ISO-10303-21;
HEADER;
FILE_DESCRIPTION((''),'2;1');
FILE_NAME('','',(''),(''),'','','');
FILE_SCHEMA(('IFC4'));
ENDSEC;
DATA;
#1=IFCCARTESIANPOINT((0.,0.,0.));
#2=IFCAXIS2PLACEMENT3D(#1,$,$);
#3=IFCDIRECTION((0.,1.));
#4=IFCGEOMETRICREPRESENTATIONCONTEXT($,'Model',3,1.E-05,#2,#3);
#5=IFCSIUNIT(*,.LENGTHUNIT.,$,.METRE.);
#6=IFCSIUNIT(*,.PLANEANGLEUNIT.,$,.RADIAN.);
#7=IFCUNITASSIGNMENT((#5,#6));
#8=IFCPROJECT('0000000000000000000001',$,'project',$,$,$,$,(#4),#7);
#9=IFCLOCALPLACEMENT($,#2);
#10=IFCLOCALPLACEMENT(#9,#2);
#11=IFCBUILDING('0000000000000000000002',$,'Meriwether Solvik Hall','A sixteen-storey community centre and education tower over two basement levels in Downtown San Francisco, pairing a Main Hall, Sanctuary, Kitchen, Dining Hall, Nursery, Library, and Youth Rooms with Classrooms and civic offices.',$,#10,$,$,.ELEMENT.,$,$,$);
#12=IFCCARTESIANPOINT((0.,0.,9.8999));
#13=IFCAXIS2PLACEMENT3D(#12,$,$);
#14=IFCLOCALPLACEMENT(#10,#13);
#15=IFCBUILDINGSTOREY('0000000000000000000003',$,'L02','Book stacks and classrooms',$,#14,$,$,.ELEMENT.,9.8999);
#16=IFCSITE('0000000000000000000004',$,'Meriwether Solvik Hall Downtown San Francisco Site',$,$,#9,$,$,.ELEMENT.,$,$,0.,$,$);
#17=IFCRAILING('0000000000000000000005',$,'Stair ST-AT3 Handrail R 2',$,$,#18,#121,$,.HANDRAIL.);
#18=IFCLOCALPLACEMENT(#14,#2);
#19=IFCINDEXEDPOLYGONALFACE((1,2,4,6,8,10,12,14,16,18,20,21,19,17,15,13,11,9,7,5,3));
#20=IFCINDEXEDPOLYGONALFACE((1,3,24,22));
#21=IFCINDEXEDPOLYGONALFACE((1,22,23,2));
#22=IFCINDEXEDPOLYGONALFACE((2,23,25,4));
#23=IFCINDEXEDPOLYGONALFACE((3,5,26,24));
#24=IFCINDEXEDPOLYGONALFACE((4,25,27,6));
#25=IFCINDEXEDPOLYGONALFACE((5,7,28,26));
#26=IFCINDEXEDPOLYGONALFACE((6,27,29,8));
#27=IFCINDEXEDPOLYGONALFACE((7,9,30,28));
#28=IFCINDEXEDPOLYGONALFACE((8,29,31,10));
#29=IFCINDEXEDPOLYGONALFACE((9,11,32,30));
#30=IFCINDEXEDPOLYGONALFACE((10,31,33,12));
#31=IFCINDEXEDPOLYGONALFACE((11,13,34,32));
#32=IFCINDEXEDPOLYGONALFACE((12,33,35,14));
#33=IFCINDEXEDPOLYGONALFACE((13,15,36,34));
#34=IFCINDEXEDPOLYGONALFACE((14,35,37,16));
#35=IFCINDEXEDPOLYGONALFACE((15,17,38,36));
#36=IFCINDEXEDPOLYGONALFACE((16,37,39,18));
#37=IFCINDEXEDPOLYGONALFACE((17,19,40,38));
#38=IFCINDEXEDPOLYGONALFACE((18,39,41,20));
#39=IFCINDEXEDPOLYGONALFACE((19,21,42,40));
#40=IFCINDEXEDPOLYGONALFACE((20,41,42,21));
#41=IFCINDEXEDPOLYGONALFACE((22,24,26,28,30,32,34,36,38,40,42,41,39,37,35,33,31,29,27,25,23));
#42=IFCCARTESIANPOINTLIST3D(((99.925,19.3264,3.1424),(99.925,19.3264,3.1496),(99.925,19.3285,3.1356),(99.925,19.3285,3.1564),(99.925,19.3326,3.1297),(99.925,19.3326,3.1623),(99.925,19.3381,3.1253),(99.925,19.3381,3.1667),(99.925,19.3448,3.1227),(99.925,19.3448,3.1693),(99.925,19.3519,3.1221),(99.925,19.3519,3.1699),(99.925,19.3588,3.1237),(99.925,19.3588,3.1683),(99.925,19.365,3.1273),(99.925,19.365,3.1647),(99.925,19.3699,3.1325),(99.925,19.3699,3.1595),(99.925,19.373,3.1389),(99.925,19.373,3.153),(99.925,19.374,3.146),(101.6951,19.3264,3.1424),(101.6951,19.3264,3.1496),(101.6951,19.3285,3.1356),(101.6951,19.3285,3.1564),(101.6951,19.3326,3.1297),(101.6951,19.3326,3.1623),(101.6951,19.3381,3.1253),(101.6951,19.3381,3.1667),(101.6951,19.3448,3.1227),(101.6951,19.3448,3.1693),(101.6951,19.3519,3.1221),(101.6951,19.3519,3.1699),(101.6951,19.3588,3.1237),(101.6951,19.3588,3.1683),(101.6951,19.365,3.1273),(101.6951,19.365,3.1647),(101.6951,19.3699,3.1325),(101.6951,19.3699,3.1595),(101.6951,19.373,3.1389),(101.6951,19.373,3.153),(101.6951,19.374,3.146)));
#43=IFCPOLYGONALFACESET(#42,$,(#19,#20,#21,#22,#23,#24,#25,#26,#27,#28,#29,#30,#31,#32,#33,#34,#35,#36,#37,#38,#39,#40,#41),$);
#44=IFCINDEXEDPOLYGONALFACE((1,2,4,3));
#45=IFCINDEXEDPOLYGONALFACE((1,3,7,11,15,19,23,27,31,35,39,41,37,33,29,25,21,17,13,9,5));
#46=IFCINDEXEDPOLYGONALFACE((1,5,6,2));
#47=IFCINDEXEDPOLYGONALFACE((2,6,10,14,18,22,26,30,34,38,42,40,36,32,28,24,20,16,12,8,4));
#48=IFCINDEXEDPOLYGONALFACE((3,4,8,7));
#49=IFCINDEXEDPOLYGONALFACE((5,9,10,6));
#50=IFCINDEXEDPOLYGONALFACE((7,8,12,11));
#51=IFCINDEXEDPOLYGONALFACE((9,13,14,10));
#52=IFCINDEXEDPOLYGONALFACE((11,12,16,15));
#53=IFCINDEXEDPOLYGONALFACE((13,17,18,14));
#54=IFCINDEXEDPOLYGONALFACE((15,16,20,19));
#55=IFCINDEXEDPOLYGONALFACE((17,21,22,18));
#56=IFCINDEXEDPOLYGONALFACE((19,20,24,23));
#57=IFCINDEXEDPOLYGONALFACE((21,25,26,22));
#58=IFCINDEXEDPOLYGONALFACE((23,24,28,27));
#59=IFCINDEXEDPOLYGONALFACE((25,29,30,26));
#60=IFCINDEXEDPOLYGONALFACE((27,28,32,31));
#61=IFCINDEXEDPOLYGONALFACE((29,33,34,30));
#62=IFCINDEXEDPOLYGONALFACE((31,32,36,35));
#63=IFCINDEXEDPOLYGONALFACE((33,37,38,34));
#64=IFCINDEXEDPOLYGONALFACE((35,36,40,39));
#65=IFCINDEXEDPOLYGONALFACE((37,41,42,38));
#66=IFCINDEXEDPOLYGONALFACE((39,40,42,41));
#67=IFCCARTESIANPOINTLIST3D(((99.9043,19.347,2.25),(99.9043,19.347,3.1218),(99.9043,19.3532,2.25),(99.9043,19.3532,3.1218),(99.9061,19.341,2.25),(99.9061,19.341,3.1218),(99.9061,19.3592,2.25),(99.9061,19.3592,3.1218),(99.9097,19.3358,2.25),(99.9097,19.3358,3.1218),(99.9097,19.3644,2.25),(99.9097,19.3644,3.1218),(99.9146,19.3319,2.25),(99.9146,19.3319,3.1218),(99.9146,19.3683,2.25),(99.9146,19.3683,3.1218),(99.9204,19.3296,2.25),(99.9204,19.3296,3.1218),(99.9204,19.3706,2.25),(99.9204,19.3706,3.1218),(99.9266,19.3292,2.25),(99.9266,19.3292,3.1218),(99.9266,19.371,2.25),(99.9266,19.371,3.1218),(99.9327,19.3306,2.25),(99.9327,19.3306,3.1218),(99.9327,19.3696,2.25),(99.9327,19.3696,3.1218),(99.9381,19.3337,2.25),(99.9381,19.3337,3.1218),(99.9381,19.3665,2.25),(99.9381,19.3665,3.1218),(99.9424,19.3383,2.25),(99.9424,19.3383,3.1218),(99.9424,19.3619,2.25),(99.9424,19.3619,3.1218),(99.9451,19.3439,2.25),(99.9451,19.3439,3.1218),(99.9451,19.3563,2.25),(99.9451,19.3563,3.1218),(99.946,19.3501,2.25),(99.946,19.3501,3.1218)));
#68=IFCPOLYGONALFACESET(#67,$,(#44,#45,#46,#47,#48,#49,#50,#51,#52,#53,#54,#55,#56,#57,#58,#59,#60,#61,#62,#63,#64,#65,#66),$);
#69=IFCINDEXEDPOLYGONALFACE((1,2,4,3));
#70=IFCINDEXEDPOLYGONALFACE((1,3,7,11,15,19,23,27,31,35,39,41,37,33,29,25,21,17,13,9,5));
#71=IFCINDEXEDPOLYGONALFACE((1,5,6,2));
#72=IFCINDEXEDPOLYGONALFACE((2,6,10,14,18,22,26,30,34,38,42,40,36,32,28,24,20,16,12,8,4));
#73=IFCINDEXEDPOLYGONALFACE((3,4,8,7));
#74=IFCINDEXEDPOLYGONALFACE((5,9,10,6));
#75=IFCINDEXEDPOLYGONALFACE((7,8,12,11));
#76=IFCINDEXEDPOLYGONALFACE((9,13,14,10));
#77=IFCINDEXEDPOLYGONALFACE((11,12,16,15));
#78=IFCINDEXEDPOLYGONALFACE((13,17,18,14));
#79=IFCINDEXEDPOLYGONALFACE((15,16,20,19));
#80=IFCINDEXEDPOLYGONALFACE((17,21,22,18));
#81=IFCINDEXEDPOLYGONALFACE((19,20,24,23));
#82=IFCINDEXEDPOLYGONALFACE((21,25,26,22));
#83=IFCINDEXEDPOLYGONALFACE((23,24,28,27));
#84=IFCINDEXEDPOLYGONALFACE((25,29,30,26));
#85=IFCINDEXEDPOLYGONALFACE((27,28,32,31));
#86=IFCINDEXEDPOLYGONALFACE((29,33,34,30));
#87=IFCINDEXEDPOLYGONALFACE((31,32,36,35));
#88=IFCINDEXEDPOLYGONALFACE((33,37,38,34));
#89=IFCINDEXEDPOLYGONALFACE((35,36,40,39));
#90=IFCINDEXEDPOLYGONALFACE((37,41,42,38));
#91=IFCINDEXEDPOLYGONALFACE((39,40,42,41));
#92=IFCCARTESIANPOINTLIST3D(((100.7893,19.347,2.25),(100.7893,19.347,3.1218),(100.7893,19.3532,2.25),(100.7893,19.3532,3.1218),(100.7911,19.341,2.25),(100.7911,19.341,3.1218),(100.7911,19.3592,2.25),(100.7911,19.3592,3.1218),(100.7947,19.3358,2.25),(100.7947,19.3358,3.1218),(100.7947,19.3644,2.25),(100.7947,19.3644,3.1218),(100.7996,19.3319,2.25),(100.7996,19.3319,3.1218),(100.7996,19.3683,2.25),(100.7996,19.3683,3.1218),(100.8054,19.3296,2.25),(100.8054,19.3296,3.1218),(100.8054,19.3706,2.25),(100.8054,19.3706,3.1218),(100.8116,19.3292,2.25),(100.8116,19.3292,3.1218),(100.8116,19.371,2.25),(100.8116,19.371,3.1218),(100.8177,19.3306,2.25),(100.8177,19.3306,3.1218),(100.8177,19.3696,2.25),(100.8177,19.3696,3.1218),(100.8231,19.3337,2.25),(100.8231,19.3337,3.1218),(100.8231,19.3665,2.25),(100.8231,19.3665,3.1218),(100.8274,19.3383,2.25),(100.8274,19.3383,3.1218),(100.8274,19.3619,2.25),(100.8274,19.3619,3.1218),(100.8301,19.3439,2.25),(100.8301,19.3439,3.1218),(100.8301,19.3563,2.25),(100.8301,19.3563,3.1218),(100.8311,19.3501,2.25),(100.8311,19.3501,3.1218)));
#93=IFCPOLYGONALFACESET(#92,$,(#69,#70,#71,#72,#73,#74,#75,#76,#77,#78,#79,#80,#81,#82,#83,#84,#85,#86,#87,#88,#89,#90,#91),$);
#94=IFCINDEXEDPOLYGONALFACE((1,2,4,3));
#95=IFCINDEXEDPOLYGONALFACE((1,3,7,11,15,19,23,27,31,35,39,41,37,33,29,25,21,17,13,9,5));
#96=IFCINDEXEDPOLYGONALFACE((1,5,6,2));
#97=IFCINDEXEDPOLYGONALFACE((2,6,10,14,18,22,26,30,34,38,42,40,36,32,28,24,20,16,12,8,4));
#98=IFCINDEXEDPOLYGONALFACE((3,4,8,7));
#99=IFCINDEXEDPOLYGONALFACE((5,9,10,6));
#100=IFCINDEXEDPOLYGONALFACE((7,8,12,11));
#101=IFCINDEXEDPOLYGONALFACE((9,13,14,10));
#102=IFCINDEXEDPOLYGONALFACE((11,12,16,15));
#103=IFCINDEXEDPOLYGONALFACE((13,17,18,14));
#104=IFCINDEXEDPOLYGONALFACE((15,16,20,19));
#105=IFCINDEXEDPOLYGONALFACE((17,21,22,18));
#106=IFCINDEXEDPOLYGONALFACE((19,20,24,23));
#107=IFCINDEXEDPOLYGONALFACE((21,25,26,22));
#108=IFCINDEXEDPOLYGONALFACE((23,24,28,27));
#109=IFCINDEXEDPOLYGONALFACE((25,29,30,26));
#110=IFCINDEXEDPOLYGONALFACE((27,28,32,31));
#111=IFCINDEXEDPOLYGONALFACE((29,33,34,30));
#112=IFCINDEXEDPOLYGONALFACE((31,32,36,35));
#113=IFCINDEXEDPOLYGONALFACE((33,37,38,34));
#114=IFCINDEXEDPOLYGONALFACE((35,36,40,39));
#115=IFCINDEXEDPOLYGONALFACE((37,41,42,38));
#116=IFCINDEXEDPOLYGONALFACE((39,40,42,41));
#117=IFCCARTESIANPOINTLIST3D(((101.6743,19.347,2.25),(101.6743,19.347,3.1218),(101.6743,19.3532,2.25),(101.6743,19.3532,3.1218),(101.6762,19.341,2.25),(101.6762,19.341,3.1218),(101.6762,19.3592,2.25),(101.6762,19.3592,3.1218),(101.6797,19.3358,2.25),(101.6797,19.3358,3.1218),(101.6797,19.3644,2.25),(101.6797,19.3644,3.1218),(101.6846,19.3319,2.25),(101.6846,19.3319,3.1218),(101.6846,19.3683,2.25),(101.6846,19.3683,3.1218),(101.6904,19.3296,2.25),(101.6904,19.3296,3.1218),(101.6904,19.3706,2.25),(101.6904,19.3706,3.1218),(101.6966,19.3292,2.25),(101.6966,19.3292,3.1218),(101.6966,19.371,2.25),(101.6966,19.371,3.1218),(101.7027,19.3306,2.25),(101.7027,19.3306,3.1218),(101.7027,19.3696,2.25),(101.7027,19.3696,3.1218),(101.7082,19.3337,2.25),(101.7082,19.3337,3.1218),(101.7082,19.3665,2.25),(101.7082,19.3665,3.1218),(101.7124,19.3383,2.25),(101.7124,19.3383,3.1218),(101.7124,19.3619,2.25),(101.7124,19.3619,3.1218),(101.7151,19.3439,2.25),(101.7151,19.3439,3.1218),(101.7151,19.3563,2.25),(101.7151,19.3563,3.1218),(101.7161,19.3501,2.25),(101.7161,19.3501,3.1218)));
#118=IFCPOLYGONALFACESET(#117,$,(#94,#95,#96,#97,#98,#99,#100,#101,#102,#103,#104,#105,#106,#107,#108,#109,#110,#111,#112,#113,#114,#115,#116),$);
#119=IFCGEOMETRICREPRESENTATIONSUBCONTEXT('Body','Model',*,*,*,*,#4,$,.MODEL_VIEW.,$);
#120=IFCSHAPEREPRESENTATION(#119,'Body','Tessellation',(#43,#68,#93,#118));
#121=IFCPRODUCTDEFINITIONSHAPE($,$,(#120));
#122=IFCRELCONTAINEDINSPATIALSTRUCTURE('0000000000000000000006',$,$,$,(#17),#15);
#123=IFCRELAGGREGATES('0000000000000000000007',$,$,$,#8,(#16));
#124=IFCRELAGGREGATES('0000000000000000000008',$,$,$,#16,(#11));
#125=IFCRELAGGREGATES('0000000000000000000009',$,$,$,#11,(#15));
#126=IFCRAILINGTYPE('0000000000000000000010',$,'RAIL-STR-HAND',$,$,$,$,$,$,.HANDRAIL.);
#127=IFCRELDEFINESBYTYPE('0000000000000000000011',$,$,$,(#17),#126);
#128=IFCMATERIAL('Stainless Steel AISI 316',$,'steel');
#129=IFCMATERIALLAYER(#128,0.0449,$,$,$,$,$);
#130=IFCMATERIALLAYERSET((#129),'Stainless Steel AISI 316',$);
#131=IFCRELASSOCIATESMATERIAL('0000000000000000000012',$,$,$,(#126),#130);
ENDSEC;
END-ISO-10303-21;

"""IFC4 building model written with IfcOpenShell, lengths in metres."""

from ifc_helpers import new_model, si_unit, direction, frame, origin, origin_2d, place, context, subcontext, project, spatial, circle, extrude, material, layer, layer_set, type_object, element, save


model = new_model("IFC4")

# Units and contexts
model_context = context("Model", 3, precision=1e-05, world=origin(), true_north=direction((0.0, 1.0)))
body_context = subcontext(model_context, "Body", "Model", "MODEL_VIEW")
ifc_project = project(units=[si_unit("LENGTHUNIT", "METRE"), si_unit("PLANEANGLEUNIT", "RADIAN")], contexts=[model_context])

# Site, building, storey
site_placement = place(None, origin())
site = spatial("IfcSite", under=ifc_project, at=site_placement, Name="Meriwether Solvik Hall Downtown San Francisco Site", CompositionType="ELEMENT", RefElevation=0.0)
building_placement = place(site_placement, origin())
building = spatial("IfcBuilding", under=site, at=building_placement, Name="Meriwether Solvik Hall", Description="A sixteen-storey community centre and education tower over two basement levels in Downtown San Francisco, pairing a Main Hall, Sanctuary, Kitchen, Dining Hall, Nursery, Library, and Youth Rooms with Classrooms and civic offices.", CompositionType="ELEMENT")
storey_placement = place(building_placement, frame((0.0, 0.0, 9.8999)))
storey = spatial("IfcBuildingStorey", under=building, at=storey_placement, Name="L02", Description="Book stacks and classrooms", CompositionType="ELEMENT", Elevation=9.8999)

# Railing
ifc_material_1 = material(Name="Stainless Steel AISI 316", Category="steel")
ifc_layer_1 = layer(ifc_material_1, 0.0449)
ifc_layer_set_1 = layer_set([ifc_layer_1], Name="Stainless Steel AISI 316")
railing_type_1 = type_object("IfcRailingType", Name="RAIL-STR-HAND", PredefinedType="HANDRAIL", material=ifc_layer_set_1)
railing_1_placement = place(storey_placement, frame((99.925, 19.3501, 2.25)))
element("IfcRailing", 1, at=railing_1_placement, inside=storey, type_object=railing_type_1, Name="Stair ST-AT3 Handrail R 2", PredefinedType="HANDRAIL", context=body_context, shape_type="SweptSolid", body=[
    extrude(circle(Radius=0.0239, at=origin_2d()), frame((0.0, 0.0, 0.896), z_axis=(1.0, 0.0, 0.0), x_axis=(0.0, 1.0, 0.0)), (0.0, 0.0, 1.0), 1.77),
    extrude(circle(Radius=0.021, at=origin_2d()), origin(), (0.0, 0.0, 1.0), 0.8718),
    extrude(circle(Radius=0.021, at=origin_2d()), frame((0.885, 0.0, 0.0)), (0.0, 0.0, 1.0), 0.8718),
    extrude(circle(Radius=0.021, at=origin_2d()), frame((1.77, 0.0, 0.0)), (0.0, 0.0, 1.0), 0.8718),
])

save(model, "model.ifc")
